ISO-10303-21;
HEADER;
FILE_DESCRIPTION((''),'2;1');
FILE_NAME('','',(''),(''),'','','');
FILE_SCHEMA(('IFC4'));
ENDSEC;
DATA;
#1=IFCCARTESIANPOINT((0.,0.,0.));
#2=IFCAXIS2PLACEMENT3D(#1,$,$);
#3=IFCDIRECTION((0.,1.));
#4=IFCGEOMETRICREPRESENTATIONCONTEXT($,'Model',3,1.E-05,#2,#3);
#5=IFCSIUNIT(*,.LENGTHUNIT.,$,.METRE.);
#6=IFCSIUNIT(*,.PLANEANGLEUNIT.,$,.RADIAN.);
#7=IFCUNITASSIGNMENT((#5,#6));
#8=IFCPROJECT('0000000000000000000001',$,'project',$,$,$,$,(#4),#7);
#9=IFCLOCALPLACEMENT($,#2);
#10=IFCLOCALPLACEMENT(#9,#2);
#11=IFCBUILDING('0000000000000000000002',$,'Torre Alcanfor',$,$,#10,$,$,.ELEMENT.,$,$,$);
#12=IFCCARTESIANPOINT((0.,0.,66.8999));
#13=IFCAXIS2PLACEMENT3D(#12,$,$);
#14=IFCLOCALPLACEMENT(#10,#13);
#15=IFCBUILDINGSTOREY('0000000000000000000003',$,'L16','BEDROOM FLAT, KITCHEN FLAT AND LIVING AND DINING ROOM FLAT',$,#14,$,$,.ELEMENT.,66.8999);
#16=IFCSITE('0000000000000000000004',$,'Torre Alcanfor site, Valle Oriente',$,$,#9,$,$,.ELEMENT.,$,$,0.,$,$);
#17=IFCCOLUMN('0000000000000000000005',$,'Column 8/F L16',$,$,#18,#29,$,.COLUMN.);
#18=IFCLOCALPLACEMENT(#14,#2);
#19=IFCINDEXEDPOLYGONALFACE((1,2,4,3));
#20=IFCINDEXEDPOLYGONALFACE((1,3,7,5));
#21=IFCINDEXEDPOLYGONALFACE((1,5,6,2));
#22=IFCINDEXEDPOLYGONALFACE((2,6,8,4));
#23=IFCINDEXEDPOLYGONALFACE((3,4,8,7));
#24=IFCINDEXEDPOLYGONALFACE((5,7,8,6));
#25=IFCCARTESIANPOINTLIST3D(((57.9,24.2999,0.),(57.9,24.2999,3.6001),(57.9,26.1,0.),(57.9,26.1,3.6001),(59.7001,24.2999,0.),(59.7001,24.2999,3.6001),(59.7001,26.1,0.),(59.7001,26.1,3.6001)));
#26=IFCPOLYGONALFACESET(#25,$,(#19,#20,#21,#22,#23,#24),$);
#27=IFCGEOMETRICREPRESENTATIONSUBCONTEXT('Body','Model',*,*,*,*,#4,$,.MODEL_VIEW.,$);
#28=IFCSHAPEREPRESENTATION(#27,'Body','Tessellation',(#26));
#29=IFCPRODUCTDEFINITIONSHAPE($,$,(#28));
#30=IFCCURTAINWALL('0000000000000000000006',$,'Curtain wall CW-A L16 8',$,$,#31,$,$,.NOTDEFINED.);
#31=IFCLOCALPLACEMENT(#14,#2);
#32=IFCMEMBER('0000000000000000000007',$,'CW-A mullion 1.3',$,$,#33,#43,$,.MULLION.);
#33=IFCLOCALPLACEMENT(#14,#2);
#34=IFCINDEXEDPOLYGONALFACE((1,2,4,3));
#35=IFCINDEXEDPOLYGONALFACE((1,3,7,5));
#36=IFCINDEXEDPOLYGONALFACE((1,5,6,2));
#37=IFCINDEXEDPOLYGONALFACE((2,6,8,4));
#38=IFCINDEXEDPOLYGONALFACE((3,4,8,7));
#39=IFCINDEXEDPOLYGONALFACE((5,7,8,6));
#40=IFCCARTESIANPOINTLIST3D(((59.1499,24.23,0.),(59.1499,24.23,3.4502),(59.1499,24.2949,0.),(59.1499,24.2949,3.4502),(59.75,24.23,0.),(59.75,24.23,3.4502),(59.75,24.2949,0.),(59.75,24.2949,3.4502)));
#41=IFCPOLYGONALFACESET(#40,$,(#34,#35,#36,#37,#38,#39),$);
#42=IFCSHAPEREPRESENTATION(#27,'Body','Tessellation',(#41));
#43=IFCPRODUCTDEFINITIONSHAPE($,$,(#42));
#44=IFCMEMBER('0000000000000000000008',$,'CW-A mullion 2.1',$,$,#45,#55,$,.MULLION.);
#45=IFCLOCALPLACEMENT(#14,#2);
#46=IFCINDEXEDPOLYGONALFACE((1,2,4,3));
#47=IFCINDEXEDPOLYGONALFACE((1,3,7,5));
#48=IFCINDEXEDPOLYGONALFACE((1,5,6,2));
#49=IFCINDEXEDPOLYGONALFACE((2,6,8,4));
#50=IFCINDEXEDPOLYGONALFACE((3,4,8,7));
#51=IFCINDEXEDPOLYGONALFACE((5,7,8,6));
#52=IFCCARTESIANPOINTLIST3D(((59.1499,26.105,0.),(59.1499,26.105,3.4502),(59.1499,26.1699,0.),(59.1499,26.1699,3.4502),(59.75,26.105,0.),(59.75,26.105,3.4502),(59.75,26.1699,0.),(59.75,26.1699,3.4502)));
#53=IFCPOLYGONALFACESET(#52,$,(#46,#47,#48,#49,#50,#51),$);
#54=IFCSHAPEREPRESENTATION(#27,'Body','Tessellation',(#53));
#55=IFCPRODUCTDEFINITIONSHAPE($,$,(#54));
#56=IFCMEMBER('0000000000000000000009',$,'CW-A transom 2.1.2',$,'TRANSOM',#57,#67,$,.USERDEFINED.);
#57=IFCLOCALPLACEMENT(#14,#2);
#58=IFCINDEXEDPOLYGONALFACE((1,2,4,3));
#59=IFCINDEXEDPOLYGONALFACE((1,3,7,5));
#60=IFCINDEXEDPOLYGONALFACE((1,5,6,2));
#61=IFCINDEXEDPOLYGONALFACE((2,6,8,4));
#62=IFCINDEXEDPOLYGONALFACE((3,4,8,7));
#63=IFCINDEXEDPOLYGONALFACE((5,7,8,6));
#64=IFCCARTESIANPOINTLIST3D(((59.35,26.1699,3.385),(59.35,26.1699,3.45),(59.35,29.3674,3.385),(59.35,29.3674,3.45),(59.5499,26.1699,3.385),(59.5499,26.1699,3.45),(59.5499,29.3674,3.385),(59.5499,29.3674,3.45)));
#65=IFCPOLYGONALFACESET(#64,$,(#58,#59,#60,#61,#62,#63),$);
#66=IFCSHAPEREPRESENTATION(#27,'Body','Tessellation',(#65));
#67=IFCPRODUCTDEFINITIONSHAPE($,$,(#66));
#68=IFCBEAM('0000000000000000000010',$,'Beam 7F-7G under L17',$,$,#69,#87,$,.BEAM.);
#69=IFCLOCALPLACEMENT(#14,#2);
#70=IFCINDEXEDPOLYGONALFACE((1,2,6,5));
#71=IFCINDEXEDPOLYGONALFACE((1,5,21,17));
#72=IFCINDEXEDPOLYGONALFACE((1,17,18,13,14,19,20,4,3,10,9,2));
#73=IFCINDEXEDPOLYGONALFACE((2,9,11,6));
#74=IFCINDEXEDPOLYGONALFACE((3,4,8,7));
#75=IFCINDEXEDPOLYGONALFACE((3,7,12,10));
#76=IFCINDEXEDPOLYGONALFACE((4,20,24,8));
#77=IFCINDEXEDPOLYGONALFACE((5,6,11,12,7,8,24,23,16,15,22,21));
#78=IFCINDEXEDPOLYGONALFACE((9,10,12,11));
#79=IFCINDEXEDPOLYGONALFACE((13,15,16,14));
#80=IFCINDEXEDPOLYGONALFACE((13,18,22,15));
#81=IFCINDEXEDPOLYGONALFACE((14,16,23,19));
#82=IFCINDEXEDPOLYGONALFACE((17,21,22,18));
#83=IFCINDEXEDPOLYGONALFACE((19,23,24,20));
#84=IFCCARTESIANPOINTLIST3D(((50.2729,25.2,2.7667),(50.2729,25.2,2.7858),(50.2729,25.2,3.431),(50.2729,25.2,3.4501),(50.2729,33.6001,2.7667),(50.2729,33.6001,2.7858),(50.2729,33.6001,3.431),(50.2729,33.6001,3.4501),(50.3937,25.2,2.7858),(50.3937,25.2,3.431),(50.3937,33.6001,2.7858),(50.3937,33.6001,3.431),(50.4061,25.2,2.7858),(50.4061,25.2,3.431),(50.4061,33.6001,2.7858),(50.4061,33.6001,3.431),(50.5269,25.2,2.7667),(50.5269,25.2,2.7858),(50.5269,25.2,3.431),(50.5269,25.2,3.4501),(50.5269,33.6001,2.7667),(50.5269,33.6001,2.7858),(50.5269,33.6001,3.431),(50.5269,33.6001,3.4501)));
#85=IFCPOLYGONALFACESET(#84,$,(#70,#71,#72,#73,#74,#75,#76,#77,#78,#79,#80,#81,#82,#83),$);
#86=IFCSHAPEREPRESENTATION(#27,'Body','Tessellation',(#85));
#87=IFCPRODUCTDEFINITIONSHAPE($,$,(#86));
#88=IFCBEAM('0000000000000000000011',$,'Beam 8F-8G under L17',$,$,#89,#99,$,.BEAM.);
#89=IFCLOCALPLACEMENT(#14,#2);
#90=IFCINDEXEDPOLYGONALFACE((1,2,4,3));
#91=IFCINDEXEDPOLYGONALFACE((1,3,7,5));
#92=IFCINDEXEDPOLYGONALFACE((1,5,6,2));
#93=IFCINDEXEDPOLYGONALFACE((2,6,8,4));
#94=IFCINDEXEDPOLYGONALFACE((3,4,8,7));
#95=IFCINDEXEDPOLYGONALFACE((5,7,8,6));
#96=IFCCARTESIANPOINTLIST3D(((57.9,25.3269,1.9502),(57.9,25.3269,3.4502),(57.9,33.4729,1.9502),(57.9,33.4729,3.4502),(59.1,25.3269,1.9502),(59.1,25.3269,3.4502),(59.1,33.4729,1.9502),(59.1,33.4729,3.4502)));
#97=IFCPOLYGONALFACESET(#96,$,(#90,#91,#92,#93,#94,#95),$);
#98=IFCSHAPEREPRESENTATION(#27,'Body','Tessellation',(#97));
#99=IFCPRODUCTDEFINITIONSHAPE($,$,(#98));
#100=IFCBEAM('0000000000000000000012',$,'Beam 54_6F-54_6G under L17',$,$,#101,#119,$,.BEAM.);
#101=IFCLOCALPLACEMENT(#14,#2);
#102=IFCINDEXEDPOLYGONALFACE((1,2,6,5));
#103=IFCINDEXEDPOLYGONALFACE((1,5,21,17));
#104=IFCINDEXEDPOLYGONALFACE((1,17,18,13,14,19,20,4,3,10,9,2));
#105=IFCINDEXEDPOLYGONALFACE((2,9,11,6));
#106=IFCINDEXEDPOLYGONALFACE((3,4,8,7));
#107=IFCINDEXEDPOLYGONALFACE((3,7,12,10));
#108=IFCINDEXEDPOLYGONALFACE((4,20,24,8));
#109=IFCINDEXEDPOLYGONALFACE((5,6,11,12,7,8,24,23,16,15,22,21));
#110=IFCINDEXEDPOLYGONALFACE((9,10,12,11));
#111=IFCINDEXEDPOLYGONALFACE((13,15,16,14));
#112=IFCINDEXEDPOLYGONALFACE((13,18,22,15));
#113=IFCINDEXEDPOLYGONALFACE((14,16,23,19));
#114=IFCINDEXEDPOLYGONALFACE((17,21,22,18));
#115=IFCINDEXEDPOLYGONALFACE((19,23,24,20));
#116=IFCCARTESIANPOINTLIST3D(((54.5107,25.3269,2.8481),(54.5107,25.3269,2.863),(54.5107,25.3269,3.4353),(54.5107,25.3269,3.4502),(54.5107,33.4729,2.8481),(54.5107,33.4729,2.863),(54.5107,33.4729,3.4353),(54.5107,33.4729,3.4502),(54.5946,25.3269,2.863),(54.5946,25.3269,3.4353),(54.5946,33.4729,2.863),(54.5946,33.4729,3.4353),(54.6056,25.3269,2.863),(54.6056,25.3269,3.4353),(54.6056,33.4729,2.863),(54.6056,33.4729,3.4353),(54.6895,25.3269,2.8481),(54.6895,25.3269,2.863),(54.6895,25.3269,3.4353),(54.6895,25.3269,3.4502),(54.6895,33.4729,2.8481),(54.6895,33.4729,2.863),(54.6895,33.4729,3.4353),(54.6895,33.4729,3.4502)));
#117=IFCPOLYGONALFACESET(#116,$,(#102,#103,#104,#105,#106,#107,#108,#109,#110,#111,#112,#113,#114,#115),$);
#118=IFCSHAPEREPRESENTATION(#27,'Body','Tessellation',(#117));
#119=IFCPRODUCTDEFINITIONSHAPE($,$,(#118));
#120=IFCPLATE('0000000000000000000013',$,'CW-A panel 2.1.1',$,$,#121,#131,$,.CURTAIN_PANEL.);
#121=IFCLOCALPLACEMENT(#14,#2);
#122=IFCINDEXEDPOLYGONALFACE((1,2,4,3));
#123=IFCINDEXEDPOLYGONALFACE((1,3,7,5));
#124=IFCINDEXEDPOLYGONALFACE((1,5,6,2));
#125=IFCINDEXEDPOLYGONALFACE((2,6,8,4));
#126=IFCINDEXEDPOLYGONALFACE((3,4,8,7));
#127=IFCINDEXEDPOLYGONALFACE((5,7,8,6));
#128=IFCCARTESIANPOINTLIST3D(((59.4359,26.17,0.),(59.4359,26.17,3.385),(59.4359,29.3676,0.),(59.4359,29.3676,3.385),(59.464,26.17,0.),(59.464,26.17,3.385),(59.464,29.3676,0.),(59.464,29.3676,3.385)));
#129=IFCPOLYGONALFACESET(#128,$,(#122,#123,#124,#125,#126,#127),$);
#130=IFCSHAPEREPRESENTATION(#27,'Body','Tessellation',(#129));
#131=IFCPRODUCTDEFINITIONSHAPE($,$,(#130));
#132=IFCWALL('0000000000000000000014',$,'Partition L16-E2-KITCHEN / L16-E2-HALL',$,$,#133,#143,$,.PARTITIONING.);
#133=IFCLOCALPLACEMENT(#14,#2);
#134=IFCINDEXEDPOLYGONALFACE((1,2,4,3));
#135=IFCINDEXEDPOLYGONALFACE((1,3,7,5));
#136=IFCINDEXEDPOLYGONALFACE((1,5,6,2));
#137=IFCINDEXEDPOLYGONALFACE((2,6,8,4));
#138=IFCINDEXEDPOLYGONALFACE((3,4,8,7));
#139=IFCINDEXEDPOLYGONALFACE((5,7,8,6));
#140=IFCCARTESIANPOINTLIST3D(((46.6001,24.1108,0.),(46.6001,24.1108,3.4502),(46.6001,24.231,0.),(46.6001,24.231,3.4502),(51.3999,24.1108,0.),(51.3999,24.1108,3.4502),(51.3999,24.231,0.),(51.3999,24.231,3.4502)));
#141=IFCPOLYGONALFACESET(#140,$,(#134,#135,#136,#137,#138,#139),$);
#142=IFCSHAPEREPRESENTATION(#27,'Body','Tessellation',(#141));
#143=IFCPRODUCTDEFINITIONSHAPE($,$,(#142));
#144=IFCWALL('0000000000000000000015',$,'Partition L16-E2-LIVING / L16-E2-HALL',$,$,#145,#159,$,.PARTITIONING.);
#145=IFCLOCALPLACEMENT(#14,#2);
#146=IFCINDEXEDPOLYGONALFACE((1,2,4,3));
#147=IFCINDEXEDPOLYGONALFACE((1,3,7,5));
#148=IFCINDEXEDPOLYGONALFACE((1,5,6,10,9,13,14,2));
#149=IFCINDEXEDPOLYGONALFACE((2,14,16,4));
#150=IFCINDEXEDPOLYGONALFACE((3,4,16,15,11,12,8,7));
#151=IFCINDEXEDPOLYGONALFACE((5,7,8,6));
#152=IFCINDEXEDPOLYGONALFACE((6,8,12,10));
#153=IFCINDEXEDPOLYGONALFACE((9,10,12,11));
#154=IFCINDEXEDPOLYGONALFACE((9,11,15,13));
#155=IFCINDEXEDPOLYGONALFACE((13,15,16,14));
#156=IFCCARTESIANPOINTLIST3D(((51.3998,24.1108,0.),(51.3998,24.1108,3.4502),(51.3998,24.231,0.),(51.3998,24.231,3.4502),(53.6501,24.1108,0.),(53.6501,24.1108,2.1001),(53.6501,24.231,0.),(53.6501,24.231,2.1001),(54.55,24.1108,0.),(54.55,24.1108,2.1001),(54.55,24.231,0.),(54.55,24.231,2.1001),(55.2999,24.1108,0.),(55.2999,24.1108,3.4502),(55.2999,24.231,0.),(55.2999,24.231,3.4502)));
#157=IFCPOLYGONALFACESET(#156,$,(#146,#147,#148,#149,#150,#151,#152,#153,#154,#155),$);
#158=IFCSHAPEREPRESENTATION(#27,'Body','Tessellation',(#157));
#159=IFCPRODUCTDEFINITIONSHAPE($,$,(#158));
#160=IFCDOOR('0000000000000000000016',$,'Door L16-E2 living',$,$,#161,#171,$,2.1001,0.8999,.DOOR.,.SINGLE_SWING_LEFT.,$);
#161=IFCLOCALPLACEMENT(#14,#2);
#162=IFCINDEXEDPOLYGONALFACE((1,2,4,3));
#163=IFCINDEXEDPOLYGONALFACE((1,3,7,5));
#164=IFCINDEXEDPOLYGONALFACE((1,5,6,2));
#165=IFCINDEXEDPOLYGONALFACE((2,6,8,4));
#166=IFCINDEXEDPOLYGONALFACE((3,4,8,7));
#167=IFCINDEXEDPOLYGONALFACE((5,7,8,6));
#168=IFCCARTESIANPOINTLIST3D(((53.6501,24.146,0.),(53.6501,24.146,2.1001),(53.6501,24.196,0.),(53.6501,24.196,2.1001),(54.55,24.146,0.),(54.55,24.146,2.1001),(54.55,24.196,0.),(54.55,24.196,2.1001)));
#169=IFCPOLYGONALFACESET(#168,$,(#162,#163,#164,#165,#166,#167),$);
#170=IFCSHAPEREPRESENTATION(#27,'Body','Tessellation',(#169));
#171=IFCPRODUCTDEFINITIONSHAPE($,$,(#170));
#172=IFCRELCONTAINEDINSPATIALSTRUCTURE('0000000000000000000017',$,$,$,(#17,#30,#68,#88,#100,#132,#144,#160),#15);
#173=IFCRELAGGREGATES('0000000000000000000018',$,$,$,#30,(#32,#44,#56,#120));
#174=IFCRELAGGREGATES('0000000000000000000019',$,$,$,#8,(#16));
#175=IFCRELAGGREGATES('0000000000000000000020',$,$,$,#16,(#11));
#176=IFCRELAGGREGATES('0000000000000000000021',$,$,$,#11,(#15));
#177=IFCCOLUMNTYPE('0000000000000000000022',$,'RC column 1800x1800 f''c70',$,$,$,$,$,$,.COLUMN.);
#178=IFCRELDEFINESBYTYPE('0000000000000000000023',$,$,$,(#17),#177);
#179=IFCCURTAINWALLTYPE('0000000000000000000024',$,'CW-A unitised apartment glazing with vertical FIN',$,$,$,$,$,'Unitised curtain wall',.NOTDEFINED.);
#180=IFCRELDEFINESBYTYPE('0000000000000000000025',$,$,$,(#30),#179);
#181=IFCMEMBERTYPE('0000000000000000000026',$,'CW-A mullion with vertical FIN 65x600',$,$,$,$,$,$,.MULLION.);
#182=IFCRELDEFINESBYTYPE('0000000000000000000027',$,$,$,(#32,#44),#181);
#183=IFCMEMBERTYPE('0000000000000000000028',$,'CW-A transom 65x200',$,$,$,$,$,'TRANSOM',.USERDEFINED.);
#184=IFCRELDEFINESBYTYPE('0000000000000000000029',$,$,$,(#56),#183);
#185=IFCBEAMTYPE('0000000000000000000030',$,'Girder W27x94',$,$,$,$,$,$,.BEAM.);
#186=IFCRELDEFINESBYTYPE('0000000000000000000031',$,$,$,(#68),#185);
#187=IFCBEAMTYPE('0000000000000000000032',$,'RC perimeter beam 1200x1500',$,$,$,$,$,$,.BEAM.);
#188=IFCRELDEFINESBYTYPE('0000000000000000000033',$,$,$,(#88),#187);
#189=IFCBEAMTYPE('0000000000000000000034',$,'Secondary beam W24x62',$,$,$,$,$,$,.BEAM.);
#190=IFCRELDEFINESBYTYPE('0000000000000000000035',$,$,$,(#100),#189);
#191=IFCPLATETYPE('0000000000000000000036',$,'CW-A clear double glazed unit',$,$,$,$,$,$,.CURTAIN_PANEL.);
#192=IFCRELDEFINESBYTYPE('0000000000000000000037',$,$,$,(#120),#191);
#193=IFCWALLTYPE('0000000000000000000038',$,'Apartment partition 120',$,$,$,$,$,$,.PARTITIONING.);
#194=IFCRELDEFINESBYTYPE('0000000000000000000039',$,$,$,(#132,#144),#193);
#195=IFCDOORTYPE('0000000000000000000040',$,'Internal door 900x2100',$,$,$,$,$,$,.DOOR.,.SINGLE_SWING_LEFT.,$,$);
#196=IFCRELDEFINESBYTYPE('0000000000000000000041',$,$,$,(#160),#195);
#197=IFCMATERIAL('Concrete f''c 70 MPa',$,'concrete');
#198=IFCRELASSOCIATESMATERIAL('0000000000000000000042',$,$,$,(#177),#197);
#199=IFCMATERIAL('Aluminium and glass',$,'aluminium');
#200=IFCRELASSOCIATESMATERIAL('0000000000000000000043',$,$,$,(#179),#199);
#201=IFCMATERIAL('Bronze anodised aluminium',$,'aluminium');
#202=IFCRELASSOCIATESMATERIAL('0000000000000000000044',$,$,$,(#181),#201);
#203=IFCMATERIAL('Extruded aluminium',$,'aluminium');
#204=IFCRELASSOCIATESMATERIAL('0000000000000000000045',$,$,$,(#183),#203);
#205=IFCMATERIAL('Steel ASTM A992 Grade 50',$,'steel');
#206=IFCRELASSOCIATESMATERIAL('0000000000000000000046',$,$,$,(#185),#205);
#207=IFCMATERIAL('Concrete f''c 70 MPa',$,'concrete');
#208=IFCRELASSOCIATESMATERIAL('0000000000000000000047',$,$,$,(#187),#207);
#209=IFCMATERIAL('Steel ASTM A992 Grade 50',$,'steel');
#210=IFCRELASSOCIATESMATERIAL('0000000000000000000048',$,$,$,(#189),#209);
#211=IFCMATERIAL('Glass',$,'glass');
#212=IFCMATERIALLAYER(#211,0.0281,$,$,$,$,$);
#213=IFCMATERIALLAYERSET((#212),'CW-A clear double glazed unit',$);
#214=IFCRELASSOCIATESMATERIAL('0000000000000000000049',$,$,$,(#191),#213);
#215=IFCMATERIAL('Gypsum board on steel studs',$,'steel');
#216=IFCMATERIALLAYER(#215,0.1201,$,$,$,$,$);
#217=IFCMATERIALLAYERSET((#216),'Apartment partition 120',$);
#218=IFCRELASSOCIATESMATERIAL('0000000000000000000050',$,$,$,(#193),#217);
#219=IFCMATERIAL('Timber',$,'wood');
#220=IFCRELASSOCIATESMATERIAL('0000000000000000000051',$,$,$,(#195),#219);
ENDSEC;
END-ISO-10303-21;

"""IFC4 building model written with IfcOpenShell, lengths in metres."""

from ifc_helpers import new_model, si_unit, direction, frame, frame_2d, origin, origin_2d, place, context, subcontext, project, spatial, rectangle, i_section, extrude, material, layer, layer_set, material_profile, profile_set, type_object, element, fill, aggregate, save


model = new_model("IFC4")

# Units and contexts
model_context = context("Model", 3, precision=1e-05, world=origin(), true_north=direction((0.0, 1.0)))
body_context = subcontext(model_context, "Body", "Model", "MODEL_VIEW")
ifc_project = project(units=[si_unit("LENGTHUNIT", "METRE"), si_unit("PLANEANGLEUNIT", "RADIAN")], contexts=[model_context])

# Site, building, storey
site_placement = place(None, origin())
site = spatial("IfcSite", under=ifc_project, at=site_placement, Name="Torre Alcanfor site, Valle Oriente", CompositionType="ELEMENT", RefElevation=0.0)
building_placement = place(site_placement, origin())
building = spatial("IfcBuilding", under=site, at=building_placement, Name="Torre Alcanfor", CompositionType="ELEMENT")
storey_placement = place(building_placement, frame((0.0, 0.0, 66.8999)))
storey = spatial("IfcBuildingStorey", under=building, at=storey_placement, Name="L16", Description="BEDROOM FLAT, KITCHEN FLAT AND LIVING AND DINING ROOM FLAT", CompositionType="ELEMENT", Elevation=66.8999)

# Column
ifc_material_1 = material(Name="Concrete f'c 70 MPa", Category="concrete")
ifc_material_profile_1 = material_profile(ifc_material_1, rectangle(XDim=1.8, YDim=1.8, at=origin_2d()), Name="1800x1800")
ifc_profile_set_1 = profile_set([ifc_material_profile_1], Name="Concrete f'c 70 MPa")
column_type = type_object("IfcColumnType", Name="RC column 1800x1800 f'c70", PredefinedType="COLUMN", material=ifc_profile_set_1)
column_placement = place(storey_placement, frame((58.8, 25.2, 0.0), z_axis=(0.0, 0.0, 1.0), x_axis=(1.0, 0.0, 0.0)))
element("IfcColumn", 1, at=column_placement, inside=storey, type_object=column_type, Name="Column 8/F L16", PredefinedType="COLUMN", context=body_context, shape_type="SweptSolid", body=[
    extrude(rectangle(XDim=1.8, YDim=1.8, at=origin_2d()), origin(), (0.0, 0.0, 1.0), 3.6001),
])

# Curtain wall, members
ifc_material_2 = material(Name="Aluminium and glass", Category="aluminium")
curtain_wall_type = type_object("IfcCurtainWallType", Name="CW-A unitised apartment glazing with vertical FIN", ElementType="Unitised curtain wall", PredefinedType="NOTDEFINED", material=ifc_material_2)
curtain_wall_placement = place(storey_placement, origin())
curtain_wall = element("IfcCurtainWall", 2, at=curtain_wall_placement, inside=storey, type_object=curtain_wall_type, Name="Curtain wall CW-A L16 8", PredefinedType="NOTDEFINED")
ifc_material_3 = material(Name="Bronze anodised aluminium", Category="aluminium")
ifc_material_profile_2 = material_profile(ifc_material_3, rectangle(XDim=0.6001, YDim=0.0649, at=origin_2d()), Name="CW-A mullion 65x600")
ifc_profile_set_2 = profile_set([ifc_material_profile_2], Name="Bronze anodised aluminium")
member_type_1 = type_object("IfcMemberType", Name="CW-A mullion with vertical FIN 65x600", PredefinedType="MULLION", material=ifc_profile_set_2)
member_1_placement = place(storey_placement, frame((59.45, 24.2625, 0.0), z_axis=(0.0, 0.0, 1.0), x_axis=(-1.0, 0.0, 0.0)))
member_1 = element("IfcMember", 3, at=member_1_placement, type_object=member_type_1, Name="CW-A mullion 1.3", PredefinedType="MULLION", context=body_context, shape_type="SweptSolid", body=[
    extrude(rectangle(XDim=0.6001, YDim=0.0649, at=origin_2d()), origin(), (0.0, 0.0, 1.0), 3.4502),
])
member_2_placement = place(storey_placement, frame((59.45, 26.1375, 0.0), z_axis=(0.0, 0.0, 1.0), x_axis=(-1.0, 0.0, 0.0)))
member_2 = element("IfcMember", 4, at=member_2_placement, type_object=member_type_1, Name="CW-A mullion 2.1", PredefinedType="MULLION", context=body_context, shape_type="SweptSolid", body=[
    extrude(rectangle(XDim=0.6001, YDim=0.0649, at=origin_2d()), origin(), (0.0, 0.0, 1.0), 3.4502),
])
ifc_material_4 = material(Name="Extruded aluminium", Category="aluminium")
ifc_material_profile_3 = material_profile(ifc_material_4, rectangle(XDim=0.2, YDim=0.0649, at=origin_2d()), Name="CW-A transom 200x65")
ifc_profile_set_3 = profile_set([ifc_material_profile_3], Name="Extruded aluminium")
member_type_2 = type_object("IfcMemberType", Name="CW-A transom 65x200", ElementType="TRANSOM", PredefinedType="USERDEFINED", material=ifc_profile_set_3)
member_3_placement = place(storey_placement, frame((59.45, 26.1699, 3.4175), z_axis=(0.0, 1.0, 0.0), x_axis=(-1.0, 0.0, 0.0)))
member_3 = element("IfcMember", 5, at=member_3_placement, type_object=member_type_2, Name="CW-A transom 2.1.2", ObjectType="TRANSOM", PredefinedType="USERDEFINED", context=body_context, shape_type="SweptSolid", body=[
    extrude(rectangle(XDim=0.2, YDim=0.0649, at=origin_2d()), origin(), (0.0, 0.0, 1.0), 3.1975),
])

# Beams
ifc_material_5 = material(Name="Steel ASTM A992 Grade 50", Category="steel")
ifc_material_profile_4 = material_profile(ifc_material_5, i_section(OverallWidth=0.2539, OverallDepth=0.6833, WebThickness=0.0125, FlangeThickness=0.019, at=origin_2d()), Name="W27x94")
ifc_profile_set_4 = profile_set([ifc_material_profile_4], Name="Steel ASTM A992 Grade 50")
beam_type_1 = type_object("IfcBeamType", Name="Girder W27x94", PredefinedType="BEAM", material=ifc_profile_set_4)
beam_1_placement = place(storey_placement, frame((50.3999, 25.2, 3.1084), z_axis=(0.0, 1.0, 0.0), x_axis=(-1.0, 0.0, 0.0)))
element("IfcBeam", 6, at=beam_1_placement, inside=storey, type_object=beam_type_1, Name="Beam 7F-7G under L17", PredefinedType="BEAM", context=body_context, shape_type="SweptSolid", body=[
    extrude(i_section(OverallWidth=0.2539, OverallDepth=0.6833, WebThickness=0.0125, FlangeThickness=0.019, at=origin_2d()), origin(), (0.0, 0.0, 1.0), 8.4001),
])
ifc_material_6 = material(Name="Concrete f'c 70 MPa", Category="concrete")
ifc_material_profile_5 = material_profile(ifc_material_6, rectangle(XDim=1.2, YDim=1.5, at=origin_2d()), Name="1200x1500")
ifc_profile_set_5 = profile_set([ifc_material_profile_5], Name="Concrete f'c 70 MPa")
beam_type_2 = type_object("IfcBeamType", Name="RC perimeter beam 1200x1500", PredefinedType="BEAM", material=ifc_profile_set_5)
beam_2_placement = place(storey_placement, frame((58.5, 25.3269, 2.7002), z_axis=(0.0, 1.0, 0.0), x_axis=(-1.0, 0.0, 0.0)))
element("IfcBeam", 7, at=beam_2_placement, inside=storey, type_object=beam_type_2, Name="Beam 8F-8G under L17", PredefinedType="BEAM", context=body_context, shape_type="SweptSolid", body=[
    extrude(rectangle(XDim=1.2, YDim=1.5, at=origin_2d()), origin(), (0.0, 0.0, 1.0), 8.146),
])
ifc_material_7 = material(Name="Steel ASTM A992 Grade 50", Category="steel")
ifc_material_profile_6 = material_profile(ifc_material_7, i_section(OverallWidth=0.1787, OverallDepth=0.6021, WebThickness=0.011, FlangeThickness=0.0149, at=origin_2d()), Name="W24x62")
ifc_profile_set_6 = profile_set([ifc_material_profile_6], Name="Steel ASTM A992 Grade 50")
beam_type_3 = type_object("IfcBeamType", Name="Secondary beam W24x62", PredefinedType="BEAM", material=ifc_profile_set_6)
beam_3_placement = place(storey_placement, frame((54.6001, 25.3269, 3.1492), z_axis=(0.0, 1.0, 0.0), x_axis=(-1.0, 0.0, 0.0)))
element("IfcBeam", 8, at=beam_3_placement, inside=storey, type_object=beam_type_3, Name="Beam 54_6F-54_6G under L17", PredefinedType="BEAM", context=body_context, shape_type="SweptSolid", body=[
    extrude(i_section(OverallWidth=0.1787, OverallDepth=0.6021, WebThickness=0.011, FlangeThickness=0.0149, at=origin_2d()), origin(), (0.0, 0.0, 1.0), 8.146),
])

# Plate
ifc_material_8 = material(Name="Glass", Category="glass")
ifc_layer_1 = layer(ifc_material_8, 0.0281)
ifc_layer_set_1 = layer_set([ifc_layer_1], Name="CW-A clear double glazed unit")
plate_type = type_object("IfcPlateType", Name="CW-A clear double glazed unit", PredefinedType="CURTAIN_PANEL", material=ifc_layer_set_1)
plate_placement = place(storey_placement, frame((59.45, 27.7688, 0.0), z_axis=(0.0, 0.0, 1.0), x_axis=(0.0, 1.0, 0.0)))
plate = element("IfcPlate", 9, at=plate_placement, type_object=plate_type, Name="CW-A panel 2.1.1", PredefinedType="CURTAIN_PANEL", context=body_context, shape_type="SweptSolid", body=[
    extrude(rectangle(XDim=3.1975, YDim=0.0281, at=origin_2d()), origin(), (0.0, 0.0, 1.0), 3.385),
])
aggregate(curtain_wall, [member_1, member_2, member_3, plate])

# Wall
ifc_material_9 = material(Name="Gypsum board on steel studs", Category="steel")
ifc_layer_2 = layer(ifc_material_9, 0.1201)
ifc_layer_set_2 = layer_set([ifc_layer_2], Name="Apartment partition 120")
wall_type_1 = type_object("IfcWallType", Name="Apartment partition 120", PredefinedType="PARTITIONING", material=ifc_layer_set_2)
wall_1_placement = place(storey_placement, frame((51.3999, 24.1709, 0.0), z_axis=(0.0, 0.0, 1.0), x_axis=(-1.0, 0.0, 0.0)))
element("IfcWall", 10, at=wall_1_placement, inside=storey, type_object=wall_type_1, Name="Partition L16-E2-KITCHEN / L16-E2-HALL", PredefinedType="PARTITIONING", context=body_context, shape_type="SweptSolid", body=[
    extrude(rectangle(XDim=4.7998, YDim=0.1201, at=frame_2d((2.3999, 0.0))), origin(), (0.0, 0.0, 1.0), 3.4502),
])

# Wall, opening, door
wall_2_placement = place(storey_placement, frame((55.3, 24.1709, 0.0), z_axis=(0.0, 0.0, 1.0), x_axis=(-1.0, 0.0, 0.0)))
wall_2 = element("IfcWall", 11, at=wall_2_placement, inside=storey, type_object=wall_type_1, Name="Partition L16-E2-LIVING / L16-E2-HALL", PredefinedType="PARTITIONING", context=body_context, shape_type="SweptSolid", body=[
    extrude(rectangle(XDim=3.9001, YDim=0.1201, at=frame_2d((1.9502, 0.0))), origin(), (0.0, 0.0, 1.0), 3.4502),
])
opening_1_placement = place(wall_2_placement, frame((0.75, 0.0, 0.0)))
opening_1 = element("IfcOpeningElement", 12, at=opening_1_placement, cuts=wall_2, PredefinedType="OPENING", context=body_context, shape_type="SweptSolid", body=[
    extrude(rectangle(XDim=0.8999, YDim=2.1001, at=frame_2d((0.45, 1.05))), frame((0.0, 0.0701, 0.0), z_axis=(0.0, -1.0, 0.0), x_axis=(1.0, 0.0, 0.0)), (0.0, 0.0, 1.0), 0.1401),
])
ifc_material_10 = material(Name="Timber", Category="wood")
door_type_1 = type_object("IfcDoorType", Name="Internal door 900x2100", OperationType="SINGLE_SWING_LEFT", PredefinedType="DOOR", material=ifc_material_10)
door_1_placement = place(opening_1_placement, frame((0.8999, 0.0, 0.0), z_axis=(0.0, 0.0, 1.0), x_axis=(-1.0, 0.0, 0.0)))
door_1 = element("IfcDoor", 13, at=door_1_placement, inside=storey, type_object=door_type_1, Name="Door L16-E2 living", OperationType="SINGLE_SWING_LEFT", OverallHeight=2.1001, OverallWidth=0.8999, PredefinedType="DOOR", context=body_context, shape_type="SweptSolid", body=[
    extrude(rectangle(XDim=0.8999, YDim=2.1001, at=frame_2d((0.45, 1.05))), frame((0.0, 0.0251, 0.0), z_axis=(0.0, -1.0, 0.0), x_axis=(1.0, 0.0, 0.0)), (0.0, 0.0, 1.0), 0.05),
])
fill(opening_1, door_1)

save(model, "model.ifc")
